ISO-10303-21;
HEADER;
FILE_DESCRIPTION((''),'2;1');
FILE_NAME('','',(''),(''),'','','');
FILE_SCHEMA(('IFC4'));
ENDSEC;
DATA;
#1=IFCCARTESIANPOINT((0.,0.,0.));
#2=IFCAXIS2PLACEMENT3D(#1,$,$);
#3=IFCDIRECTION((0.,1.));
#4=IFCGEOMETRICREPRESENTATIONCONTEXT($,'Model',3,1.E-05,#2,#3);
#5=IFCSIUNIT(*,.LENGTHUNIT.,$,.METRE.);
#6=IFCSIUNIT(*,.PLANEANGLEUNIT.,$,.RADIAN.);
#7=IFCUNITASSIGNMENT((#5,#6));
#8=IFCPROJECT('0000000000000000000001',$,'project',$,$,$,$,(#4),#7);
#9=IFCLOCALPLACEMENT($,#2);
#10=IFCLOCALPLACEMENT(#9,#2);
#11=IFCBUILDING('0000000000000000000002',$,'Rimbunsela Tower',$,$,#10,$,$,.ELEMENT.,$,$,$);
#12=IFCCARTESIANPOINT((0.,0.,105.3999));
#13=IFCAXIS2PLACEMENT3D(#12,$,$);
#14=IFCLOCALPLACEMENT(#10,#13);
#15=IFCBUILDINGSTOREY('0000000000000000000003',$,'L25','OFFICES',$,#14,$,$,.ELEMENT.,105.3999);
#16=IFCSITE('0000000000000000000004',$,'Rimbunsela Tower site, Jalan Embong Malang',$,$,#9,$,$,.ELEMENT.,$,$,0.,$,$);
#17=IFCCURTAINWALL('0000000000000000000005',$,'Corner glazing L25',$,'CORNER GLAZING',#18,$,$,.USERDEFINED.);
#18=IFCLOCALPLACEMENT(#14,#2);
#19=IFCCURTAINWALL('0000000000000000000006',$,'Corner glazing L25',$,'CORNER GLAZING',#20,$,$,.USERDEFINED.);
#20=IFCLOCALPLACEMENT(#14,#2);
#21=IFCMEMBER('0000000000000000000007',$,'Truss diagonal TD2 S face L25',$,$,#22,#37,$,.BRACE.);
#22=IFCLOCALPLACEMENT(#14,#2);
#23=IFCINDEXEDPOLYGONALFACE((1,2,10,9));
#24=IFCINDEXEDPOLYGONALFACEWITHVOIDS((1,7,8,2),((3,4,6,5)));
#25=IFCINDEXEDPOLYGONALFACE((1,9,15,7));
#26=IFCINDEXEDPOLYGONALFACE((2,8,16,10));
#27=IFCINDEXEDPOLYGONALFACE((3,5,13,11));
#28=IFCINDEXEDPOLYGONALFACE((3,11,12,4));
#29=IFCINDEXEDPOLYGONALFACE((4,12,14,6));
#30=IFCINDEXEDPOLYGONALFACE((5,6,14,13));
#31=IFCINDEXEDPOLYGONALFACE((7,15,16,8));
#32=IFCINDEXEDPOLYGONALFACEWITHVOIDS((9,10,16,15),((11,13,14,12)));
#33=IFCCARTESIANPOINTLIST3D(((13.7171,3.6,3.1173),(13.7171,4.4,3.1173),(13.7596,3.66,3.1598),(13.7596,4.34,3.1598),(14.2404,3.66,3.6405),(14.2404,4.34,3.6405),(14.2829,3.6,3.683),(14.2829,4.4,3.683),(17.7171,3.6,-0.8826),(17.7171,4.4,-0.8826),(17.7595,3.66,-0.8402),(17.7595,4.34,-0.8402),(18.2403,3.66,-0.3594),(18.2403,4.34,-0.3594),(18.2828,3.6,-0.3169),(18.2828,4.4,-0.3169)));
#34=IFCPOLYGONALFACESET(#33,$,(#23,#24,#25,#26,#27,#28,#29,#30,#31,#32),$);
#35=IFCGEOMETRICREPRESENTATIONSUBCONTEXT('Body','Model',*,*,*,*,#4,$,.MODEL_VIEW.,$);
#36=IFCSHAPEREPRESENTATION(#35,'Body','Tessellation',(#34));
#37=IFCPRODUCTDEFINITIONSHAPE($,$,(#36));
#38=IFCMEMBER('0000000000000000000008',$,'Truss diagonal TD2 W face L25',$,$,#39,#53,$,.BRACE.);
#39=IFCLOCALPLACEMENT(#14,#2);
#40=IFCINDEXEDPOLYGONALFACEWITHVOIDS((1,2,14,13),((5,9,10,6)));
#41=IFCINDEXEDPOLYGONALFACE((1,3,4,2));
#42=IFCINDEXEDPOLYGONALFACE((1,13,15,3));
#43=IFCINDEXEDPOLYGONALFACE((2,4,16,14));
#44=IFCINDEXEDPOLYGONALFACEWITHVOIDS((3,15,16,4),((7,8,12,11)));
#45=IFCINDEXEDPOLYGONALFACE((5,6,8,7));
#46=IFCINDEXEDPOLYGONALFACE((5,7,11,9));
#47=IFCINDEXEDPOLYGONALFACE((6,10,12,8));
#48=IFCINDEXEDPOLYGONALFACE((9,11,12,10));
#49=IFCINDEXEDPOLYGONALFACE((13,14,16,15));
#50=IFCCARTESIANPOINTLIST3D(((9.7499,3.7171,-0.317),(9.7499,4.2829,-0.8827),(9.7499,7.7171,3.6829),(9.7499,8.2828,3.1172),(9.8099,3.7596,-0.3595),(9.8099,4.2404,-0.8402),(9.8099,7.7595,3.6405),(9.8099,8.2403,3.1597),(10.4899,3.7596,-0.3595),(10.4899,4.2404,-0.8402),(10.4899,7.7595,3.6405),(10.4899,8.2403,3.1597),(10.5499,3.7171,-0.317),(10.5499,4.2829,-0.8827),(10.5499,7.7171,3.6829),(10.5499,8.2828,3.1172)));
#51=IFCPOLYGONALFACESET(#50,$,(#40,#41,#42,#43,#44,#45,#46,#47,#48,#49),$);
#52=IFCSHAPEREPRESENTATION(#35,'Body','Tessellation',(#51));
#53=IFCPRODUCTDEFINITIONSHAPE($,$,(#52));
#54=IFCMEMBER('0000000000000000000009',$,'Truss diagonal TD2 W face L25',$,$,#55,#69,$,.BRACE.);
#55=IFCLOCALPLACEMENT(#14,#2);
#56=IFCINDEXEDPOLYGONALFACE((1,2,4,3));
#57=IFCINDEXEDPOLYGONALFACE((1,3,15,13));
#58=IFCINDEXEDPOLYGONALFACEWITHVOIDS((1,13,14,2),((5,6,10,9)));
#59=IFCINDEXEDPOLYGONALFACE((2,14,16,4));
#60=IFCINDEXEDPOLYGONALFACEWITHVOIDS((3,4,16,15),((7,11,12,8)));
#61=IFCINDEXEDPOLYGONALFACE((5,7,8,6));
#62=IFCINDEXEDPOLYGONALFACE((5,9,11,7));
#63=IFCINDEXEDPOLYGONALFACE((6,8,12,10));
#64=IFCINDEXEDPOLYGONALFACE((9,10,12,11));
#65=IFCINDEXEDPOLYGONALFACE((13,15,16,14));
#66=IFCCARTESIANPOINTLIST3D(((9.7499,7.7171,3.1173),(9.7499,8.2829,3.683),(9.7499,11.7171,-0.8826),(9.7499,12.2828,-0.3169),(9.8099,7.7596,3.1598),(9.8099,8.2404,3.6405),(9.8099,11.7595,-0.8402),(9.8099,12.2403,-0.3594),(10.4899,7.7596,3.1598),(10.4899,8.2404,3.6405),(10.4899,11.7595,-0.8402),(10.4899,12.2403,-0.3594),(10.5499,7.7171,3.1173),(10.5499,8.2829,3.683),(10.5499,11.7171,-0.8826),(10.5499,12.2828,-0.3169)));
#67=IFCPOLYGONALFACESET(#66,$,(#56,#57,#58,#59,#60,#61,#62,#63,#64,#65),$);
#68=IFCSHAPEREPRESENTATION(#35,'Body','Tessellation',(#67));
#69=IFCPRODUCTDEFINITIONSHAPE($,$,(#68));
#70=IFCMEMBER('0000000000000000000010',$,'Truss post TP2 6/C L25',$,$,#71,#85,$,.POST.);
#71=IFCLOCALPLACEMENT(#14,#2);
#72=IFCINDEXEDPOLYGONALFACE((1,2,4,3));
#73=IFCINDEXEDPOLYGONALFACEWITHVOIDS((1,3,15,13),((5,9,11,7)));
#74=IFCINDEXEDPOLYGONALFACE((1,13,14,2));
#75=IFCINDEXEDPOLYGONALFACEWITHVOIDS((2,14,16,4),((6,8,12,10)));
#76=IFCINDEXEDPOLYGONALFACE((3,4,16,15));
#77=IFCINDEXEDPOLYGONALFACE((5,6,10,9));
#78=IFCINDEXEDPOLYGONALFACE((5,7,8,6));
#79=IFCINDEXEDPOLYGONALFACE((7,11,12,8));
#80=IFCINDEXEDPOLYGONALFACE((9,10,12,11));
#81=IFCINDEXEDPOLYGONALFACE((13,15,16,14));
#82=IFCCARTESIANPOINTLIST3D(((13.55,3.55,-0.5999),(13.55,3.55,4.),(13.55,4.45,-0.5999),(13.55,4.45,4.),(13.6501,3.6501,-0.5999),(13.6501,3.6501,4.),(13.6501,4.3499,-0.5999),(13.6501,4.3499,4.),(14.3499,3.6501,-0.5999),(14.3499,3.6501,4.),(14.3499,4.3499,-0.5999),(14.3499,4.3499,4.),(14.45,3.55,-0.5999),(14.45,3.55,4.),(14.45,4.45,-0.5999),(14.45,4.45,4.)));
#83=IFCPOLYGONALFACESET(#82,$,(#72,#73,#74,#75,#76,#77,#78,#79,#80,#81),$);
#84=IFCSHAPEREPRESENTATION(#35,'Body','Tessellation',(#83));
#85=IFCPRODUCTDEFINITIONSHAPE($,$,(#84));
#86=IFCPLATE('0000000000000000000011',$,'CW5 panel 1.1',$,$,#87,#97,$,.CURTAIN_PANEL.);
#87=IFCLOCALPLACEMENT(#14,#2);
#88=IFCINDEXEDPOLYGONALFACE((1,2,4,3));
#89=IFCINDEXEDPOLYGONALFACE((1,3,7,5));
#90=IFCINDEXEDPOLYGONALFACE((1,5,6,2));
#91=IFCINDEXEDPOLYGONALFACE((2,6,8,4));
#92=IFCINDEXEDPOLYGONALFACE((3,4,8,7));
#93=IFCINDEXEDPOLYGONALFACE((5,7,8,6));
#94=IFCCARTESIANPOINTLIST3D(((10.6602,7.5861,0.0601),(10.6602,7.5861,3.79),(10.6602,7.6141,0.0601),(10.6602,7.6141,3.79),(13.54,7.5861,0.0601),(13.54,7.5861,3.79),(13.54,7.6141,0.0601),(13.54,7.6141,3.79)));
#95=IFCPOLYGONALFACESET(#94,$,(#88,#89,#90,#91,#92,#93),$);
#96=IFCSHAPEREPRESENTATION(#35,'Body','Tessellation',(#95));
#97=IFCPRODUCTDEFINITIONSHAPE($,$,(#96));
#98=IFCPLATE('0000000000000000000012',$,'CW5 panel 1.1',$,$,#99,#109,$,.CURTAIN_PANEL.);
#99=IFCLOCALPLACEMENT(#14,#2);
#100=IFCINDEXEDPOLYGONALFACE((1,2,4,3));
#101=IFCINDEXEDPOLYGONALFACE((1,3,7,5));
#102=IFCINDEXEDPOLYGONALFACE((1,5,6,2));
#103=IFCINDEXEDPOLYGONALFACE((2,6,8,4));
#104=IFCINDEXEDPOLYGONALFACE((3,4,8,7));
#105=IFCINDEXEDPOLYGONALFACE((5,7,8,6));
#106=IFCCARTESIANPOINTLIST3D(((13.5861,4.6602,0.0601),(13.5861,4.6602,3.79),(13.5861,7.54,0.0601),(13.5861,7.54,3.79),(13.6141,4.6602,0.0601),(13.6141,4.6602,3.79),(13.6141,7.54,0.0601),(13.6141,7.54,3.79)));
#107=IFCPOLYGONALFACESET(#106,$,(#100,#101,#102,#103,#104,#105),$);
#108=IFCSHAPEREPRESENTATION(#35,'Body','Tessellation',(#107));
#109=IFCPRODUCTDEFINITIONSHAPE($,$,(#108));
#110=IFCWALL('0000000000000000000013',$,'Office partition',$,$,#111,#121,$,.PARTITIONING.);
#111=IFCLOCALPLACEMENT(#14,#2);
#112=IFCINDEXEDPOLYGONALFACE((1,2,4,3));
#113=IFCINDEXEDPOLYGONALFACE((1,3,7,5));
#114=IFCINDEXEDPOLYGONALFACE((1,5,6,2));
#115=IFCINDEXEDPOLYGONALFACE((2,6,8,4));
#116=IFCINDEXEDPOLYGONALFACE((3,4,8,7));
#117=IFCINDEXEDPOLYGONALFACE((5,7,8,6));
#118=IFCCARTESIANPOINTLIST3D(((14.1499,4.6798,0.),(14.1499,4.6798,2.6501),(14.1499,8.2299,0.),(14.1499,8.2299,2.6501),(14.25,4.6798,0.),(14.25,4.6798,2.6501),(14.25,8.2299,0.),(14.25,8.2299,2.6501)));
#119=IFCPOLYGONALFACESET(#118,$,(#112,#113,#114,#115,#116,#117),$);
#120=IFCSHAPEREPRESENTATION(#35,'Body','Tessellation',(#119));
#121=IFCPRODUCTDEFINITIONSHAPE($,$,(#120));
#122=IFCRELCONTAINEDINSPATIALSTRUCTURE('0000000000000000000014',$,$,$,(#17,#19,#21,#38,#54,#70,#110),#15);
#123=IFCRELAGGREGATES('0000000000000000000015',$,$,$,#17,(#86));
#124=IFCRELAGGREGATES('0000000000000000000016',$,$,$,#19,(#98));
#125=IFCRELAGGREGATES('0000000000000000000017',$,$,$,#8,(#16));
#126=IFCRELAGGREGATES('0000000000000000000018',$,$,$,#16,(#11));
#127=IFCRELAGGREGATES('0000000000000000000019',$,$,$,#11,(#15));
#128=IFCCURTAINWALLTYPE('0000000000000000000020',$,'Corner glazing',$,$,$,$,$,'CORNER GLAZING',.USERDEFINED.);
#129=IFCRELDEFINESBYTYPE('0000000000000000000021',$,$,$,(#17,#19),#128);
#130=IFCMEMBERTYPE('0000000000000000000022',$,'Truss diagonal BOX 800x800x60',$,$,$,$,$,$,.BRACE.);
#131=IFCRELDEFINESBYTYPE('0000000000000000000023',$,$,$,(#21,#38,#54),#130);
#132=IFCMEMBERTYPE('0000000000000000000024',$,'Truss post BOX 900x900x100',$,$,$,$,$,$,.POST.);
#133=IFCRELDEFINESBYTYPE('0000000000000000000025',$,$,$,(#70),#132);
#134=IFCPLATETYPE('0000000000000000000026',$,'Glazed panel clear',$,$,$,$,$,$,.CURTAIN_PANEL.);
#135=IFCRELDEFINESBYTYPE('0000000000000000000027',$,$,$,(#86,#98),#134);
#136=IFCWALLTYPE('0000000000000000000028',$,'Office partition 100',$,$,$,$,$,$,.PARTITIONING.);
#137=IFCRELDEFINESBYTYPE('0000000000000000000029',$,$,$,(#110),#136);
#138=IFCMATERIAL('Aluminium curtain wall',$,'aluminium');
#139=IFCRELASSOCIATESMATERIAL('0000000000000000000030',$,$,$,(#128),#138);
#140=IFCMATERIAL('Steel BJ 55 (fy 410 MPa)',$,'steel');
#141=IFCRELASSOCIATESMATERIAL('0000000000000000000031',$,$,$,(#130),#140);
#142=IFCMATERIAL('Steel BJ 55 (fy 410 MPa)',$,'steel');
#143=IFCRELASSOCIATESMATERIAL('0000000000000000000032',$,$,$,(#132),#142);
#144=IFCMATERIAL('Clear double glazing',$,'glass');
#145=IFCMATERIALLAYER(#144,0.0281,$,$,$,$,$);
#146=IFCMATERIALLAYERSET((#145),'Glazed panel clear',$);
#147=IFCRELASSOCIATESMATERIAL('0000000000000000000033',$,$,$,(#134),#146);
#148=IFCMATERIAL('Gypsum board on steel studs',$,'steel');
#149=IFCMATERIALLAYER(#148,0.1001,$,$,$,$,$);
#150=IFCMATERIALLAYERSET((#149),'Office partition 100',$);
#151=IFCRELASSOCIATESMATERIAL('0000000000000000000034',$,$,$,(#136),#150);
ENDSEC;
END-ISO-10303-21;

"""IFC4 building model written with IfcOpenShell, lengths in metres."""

from ifc_helpers import new_model, si_unit, direction, frame, frame_2d, origin, origin_2d, place, context, subcontext, project, spatial, rectangle, hollow_rectangle, extrude, material, layer, layer_set, material_profile, profile_set, type_object, element, aggregate, save


model = new_model("IFC4")

# Units and contexts
model_context = context("Model", 3, precision=1e-05, world=origin(), true_north=direction((0.0, 1.0)))
body_context = subcontext(model_context, "Body", "Model", "MODEL_VIEW")
ifc_project = project(units=[si_unit("LENGTHUNIT", "METRE"), si_unit("PLANEANGLEUNIT", "RADIAN")], contexts=[model_context])

# Site, building, storey
site_placement = place(None, origin())
site = spatial("IfcSite", under=ifc_project, at=site_placement, Name="Rimbunsela Tower site, Jalan Embong Malang", CompositionType="ELEMENT", RefElevation=0.0)
building_placement = place(site_placement, origin())
building = spatial("IfcBuilding", under=site, at=building_placement, Name="Rimbunsela Tower", CompositionType="ELEMENT")
storey_placement = place(building_placement, frame((0.0, 0.0, 105.3999)))
storey = spatial("IfcBuildingStorey", under=building, at=storey_placement, Name="L25", Description="OFFICES", CompositionType="ELEMENT", Elevation=105.3999)

# Curtain walls
ifc_material_1 = material(Name="Aluminium curtain wall", Category="aluminium")
curtain_wall_type_1 = type_object("IfcCurtainWallType", Name="Corner glazing", ElementType="CORNER GLAZING", PredefinedType="USERDEFINED", material=ifc_material_1)
curtain_wall_1_placement = place(storey_placement, origin())
curtain_wall_1 = element("IfcCurtainWall", 1, at=curtain_wall_1_placement, inside=storey, type_object=curtain_wall_type_1, Name="Corner glazing L25", ObjectType="CORNER GLAZING", PredefinedType="USERDEFINED")
curtain_wall_2_placement = place(storey_placement, origin())
curtain_wall_2 = element("IfcCurtainWall", 2, at=curtain_wall_2_placement, inside=storey, type_object=curtain_wall_type_1, Name="Corner glazing L25", ObjectType="CORNER GLAZING", PredefinedType="USERDEFINED")

# Members
ifc_material_2 = material(Name="Steel BJ 55 (fy 410 MPa)", Category="steel")
ifc_material_profile_1 = material_profile(ifc_material_2, hollow_rectangle(XDim=0.8, YDim=0.8, WallThickness=0.0601, at=origin_2d()), Name="BOX 800x800x60")
ifc_profile_set_1 = profile_set([ifc_material_profile_1], Name="Steel BJ 55 (fy 410 MPa)")
member_type_1 = type_object("IfcMemberType", Name="Truss diagonal BOX 800x800x60", PredefinedType="BRACE", material=ifc_profile_set_1)
for number, where, z_axis, x_axis, name in (
    (3, (14.0, 4.0, 3.4001), (0.707107, 0.0, -0.707107), (0.0, 1.0, 0.0), "Truss diagonal TD2 S face L25"),
    (4, (10.1499, 4.0, -0.5999), (0.0, 0.707107, 0.707107), (-1.0, 0.0, 0.0), "Truss diagonal TD2 W face L25"),
    (5, (10.1499, 8.0, 3.4001), (0.0, 0.707107, -0.707107), (-1.0, 0.0, 0.0), "Truss diagonal TD2 W face L25"),
):
    element("IfcMember", number, at=place(storey_placement, frame(where, z_axis=z_axis, x_axis=x_axis)), inside=storey, type_object=member_type_1, Name=name, PredefinedType="BRACE", context=body_context, shape_type="SweptSolid", body=[
        extrude(hollow_rectangle(XDim=0.8, YDim=0.8, WallThickness=0.0601, at=origin_2d()), origin(), (0.0, 0.0, 1.0), 5.6567),
    ])
ifc_material_3 = material(Name="Steel BJ 55 (fy 410 MPa)", Category="steel")
ifc_material_profile_2 = material_profile(ifc_material_3, hollow_rectangle(XDim=0.8999, YDim=0.8999, WallThickness=0.1001, at=origin_2d()), Name="BOX 900x900x100")
ifc_profile_set_2 = profile_set([ifc_material_profile_2], Name="Steel BJ 55 (fy 410 MPa)")
member_type_2 = type_object("IfcMemberType", Name="Truss post BOX 900x900x100", PredefinedType="POST", material=ifc_profile_set_2)
member_1_placement = place(storey_placement, frame((14.0, 4.0, -0.5999), z_axis=(0.0, 0.0, 1.0), x_axis=(1.0, 0.0, 0.0)))
element("IfcMember", 6, at=member_1_placement, inside=storey, type_object=member_type_2, Name="Truss post TP2 6/C L25", PredefinedType="POST", context=body_context, shape_type="SweptSolid", body=[
    extrude(hollow_rectangle(XDim=0.8999, YDim=0.8999, WallThickness=0.1001, at=origin_2d()), origin(), (0.0, 0.0, 1.0), 4.5999),
])

# Plates
ifc_material_4 = material(Name="Clear double glazing", Category="glass")
ifc_layer_1 = layer(ifc_material_4, 0.0281)
ifc_layer_set_1 = layer_set([ifc_layer_1], Name="Glazed panel clear")
plate_type = type_object("IfcPlateType", Name="Glazed panel clear", PredefinedType="CURTAIN_PANEL", material=ifc_layer_set_1)
plate_1_placement = place(storey_placement, frame((12.1001, 7.6001, 0.0601), z_axis=(0.0, 0.0, 1.0), x_axis=(1.0, 0.0, 0.0)))
plate_1 = element("IfcPlate", 7, at=plate_1_placement, type_object=plate_type, Name="CW5 panel 1.1", PredefinedType="CURTAIN_PANEL", context=body_context, shape_type="SweptSolid", body=[
    extrude(rectangle(XDim=2.8799, YDim=0.0281, at=origin_2d()), origin(), (0.0, 0.0, 1.0), 3.73),
])
aggregate(curtain_wall_1, [plate_1])
plate_2_placement = place(storey_placement, frame((13.6001, 6.1001, 0.0601), z_axis=(0.0, 0.0, 1.0), x_axis=(0.0, -1.0, 0.0)))
plate_2 = element("IfcPlate", 8, at=plate_2_placement, type_object=plate_type, Name="CW5 panel 1.1", PredefinedType="CURTAIN_PANEL", context=body_context, shape_type="SweptSolid", body=[
    extrude(rectangle(XDim=2.8799, YDim=0.0281, at=origin_2d()), origin(), (0.0, 0.0, 1.0), 3.73),
])
aggregate(curtain_wall_2, [plate_2])

# Wall
ifc_material_5 = material(Name="Gypsum board on steel studs", Category="steel")
ifc_layer_2 = layer(ifc_material_5, 0.1001)
ifc_layer_set_2 = layer_set([ifc_layer_2], Name="Office partition 100")
wall_type_1 = type_object("IfcWallType", Name="Office partition 100", PredefinedType="PARTITIONING", material=ifc_layer_set_2)
wall_1_placement = place(storey_placement, frame((14.2, 4.6799, 0.0), z_axis=(0.0, 0.0, 1.0), x_axis=(0.0, 1.0, 0.0)))
element("IfcWall", 9, at=wall_1_placement, inside=storey, type_object=wall_type_1, Name="Office partition", PredefinedType="PARTITIONING", context=body_context, shape_type="SweptSolid", body=[
    extrude(rectangle(XDim=3.55, YDim=0.1001, at=frame_2d((1.7749, 0.0))), origin(), (0.0, 0.0, 1.0), 2.6501),
])

save(model, "model.ifc")
